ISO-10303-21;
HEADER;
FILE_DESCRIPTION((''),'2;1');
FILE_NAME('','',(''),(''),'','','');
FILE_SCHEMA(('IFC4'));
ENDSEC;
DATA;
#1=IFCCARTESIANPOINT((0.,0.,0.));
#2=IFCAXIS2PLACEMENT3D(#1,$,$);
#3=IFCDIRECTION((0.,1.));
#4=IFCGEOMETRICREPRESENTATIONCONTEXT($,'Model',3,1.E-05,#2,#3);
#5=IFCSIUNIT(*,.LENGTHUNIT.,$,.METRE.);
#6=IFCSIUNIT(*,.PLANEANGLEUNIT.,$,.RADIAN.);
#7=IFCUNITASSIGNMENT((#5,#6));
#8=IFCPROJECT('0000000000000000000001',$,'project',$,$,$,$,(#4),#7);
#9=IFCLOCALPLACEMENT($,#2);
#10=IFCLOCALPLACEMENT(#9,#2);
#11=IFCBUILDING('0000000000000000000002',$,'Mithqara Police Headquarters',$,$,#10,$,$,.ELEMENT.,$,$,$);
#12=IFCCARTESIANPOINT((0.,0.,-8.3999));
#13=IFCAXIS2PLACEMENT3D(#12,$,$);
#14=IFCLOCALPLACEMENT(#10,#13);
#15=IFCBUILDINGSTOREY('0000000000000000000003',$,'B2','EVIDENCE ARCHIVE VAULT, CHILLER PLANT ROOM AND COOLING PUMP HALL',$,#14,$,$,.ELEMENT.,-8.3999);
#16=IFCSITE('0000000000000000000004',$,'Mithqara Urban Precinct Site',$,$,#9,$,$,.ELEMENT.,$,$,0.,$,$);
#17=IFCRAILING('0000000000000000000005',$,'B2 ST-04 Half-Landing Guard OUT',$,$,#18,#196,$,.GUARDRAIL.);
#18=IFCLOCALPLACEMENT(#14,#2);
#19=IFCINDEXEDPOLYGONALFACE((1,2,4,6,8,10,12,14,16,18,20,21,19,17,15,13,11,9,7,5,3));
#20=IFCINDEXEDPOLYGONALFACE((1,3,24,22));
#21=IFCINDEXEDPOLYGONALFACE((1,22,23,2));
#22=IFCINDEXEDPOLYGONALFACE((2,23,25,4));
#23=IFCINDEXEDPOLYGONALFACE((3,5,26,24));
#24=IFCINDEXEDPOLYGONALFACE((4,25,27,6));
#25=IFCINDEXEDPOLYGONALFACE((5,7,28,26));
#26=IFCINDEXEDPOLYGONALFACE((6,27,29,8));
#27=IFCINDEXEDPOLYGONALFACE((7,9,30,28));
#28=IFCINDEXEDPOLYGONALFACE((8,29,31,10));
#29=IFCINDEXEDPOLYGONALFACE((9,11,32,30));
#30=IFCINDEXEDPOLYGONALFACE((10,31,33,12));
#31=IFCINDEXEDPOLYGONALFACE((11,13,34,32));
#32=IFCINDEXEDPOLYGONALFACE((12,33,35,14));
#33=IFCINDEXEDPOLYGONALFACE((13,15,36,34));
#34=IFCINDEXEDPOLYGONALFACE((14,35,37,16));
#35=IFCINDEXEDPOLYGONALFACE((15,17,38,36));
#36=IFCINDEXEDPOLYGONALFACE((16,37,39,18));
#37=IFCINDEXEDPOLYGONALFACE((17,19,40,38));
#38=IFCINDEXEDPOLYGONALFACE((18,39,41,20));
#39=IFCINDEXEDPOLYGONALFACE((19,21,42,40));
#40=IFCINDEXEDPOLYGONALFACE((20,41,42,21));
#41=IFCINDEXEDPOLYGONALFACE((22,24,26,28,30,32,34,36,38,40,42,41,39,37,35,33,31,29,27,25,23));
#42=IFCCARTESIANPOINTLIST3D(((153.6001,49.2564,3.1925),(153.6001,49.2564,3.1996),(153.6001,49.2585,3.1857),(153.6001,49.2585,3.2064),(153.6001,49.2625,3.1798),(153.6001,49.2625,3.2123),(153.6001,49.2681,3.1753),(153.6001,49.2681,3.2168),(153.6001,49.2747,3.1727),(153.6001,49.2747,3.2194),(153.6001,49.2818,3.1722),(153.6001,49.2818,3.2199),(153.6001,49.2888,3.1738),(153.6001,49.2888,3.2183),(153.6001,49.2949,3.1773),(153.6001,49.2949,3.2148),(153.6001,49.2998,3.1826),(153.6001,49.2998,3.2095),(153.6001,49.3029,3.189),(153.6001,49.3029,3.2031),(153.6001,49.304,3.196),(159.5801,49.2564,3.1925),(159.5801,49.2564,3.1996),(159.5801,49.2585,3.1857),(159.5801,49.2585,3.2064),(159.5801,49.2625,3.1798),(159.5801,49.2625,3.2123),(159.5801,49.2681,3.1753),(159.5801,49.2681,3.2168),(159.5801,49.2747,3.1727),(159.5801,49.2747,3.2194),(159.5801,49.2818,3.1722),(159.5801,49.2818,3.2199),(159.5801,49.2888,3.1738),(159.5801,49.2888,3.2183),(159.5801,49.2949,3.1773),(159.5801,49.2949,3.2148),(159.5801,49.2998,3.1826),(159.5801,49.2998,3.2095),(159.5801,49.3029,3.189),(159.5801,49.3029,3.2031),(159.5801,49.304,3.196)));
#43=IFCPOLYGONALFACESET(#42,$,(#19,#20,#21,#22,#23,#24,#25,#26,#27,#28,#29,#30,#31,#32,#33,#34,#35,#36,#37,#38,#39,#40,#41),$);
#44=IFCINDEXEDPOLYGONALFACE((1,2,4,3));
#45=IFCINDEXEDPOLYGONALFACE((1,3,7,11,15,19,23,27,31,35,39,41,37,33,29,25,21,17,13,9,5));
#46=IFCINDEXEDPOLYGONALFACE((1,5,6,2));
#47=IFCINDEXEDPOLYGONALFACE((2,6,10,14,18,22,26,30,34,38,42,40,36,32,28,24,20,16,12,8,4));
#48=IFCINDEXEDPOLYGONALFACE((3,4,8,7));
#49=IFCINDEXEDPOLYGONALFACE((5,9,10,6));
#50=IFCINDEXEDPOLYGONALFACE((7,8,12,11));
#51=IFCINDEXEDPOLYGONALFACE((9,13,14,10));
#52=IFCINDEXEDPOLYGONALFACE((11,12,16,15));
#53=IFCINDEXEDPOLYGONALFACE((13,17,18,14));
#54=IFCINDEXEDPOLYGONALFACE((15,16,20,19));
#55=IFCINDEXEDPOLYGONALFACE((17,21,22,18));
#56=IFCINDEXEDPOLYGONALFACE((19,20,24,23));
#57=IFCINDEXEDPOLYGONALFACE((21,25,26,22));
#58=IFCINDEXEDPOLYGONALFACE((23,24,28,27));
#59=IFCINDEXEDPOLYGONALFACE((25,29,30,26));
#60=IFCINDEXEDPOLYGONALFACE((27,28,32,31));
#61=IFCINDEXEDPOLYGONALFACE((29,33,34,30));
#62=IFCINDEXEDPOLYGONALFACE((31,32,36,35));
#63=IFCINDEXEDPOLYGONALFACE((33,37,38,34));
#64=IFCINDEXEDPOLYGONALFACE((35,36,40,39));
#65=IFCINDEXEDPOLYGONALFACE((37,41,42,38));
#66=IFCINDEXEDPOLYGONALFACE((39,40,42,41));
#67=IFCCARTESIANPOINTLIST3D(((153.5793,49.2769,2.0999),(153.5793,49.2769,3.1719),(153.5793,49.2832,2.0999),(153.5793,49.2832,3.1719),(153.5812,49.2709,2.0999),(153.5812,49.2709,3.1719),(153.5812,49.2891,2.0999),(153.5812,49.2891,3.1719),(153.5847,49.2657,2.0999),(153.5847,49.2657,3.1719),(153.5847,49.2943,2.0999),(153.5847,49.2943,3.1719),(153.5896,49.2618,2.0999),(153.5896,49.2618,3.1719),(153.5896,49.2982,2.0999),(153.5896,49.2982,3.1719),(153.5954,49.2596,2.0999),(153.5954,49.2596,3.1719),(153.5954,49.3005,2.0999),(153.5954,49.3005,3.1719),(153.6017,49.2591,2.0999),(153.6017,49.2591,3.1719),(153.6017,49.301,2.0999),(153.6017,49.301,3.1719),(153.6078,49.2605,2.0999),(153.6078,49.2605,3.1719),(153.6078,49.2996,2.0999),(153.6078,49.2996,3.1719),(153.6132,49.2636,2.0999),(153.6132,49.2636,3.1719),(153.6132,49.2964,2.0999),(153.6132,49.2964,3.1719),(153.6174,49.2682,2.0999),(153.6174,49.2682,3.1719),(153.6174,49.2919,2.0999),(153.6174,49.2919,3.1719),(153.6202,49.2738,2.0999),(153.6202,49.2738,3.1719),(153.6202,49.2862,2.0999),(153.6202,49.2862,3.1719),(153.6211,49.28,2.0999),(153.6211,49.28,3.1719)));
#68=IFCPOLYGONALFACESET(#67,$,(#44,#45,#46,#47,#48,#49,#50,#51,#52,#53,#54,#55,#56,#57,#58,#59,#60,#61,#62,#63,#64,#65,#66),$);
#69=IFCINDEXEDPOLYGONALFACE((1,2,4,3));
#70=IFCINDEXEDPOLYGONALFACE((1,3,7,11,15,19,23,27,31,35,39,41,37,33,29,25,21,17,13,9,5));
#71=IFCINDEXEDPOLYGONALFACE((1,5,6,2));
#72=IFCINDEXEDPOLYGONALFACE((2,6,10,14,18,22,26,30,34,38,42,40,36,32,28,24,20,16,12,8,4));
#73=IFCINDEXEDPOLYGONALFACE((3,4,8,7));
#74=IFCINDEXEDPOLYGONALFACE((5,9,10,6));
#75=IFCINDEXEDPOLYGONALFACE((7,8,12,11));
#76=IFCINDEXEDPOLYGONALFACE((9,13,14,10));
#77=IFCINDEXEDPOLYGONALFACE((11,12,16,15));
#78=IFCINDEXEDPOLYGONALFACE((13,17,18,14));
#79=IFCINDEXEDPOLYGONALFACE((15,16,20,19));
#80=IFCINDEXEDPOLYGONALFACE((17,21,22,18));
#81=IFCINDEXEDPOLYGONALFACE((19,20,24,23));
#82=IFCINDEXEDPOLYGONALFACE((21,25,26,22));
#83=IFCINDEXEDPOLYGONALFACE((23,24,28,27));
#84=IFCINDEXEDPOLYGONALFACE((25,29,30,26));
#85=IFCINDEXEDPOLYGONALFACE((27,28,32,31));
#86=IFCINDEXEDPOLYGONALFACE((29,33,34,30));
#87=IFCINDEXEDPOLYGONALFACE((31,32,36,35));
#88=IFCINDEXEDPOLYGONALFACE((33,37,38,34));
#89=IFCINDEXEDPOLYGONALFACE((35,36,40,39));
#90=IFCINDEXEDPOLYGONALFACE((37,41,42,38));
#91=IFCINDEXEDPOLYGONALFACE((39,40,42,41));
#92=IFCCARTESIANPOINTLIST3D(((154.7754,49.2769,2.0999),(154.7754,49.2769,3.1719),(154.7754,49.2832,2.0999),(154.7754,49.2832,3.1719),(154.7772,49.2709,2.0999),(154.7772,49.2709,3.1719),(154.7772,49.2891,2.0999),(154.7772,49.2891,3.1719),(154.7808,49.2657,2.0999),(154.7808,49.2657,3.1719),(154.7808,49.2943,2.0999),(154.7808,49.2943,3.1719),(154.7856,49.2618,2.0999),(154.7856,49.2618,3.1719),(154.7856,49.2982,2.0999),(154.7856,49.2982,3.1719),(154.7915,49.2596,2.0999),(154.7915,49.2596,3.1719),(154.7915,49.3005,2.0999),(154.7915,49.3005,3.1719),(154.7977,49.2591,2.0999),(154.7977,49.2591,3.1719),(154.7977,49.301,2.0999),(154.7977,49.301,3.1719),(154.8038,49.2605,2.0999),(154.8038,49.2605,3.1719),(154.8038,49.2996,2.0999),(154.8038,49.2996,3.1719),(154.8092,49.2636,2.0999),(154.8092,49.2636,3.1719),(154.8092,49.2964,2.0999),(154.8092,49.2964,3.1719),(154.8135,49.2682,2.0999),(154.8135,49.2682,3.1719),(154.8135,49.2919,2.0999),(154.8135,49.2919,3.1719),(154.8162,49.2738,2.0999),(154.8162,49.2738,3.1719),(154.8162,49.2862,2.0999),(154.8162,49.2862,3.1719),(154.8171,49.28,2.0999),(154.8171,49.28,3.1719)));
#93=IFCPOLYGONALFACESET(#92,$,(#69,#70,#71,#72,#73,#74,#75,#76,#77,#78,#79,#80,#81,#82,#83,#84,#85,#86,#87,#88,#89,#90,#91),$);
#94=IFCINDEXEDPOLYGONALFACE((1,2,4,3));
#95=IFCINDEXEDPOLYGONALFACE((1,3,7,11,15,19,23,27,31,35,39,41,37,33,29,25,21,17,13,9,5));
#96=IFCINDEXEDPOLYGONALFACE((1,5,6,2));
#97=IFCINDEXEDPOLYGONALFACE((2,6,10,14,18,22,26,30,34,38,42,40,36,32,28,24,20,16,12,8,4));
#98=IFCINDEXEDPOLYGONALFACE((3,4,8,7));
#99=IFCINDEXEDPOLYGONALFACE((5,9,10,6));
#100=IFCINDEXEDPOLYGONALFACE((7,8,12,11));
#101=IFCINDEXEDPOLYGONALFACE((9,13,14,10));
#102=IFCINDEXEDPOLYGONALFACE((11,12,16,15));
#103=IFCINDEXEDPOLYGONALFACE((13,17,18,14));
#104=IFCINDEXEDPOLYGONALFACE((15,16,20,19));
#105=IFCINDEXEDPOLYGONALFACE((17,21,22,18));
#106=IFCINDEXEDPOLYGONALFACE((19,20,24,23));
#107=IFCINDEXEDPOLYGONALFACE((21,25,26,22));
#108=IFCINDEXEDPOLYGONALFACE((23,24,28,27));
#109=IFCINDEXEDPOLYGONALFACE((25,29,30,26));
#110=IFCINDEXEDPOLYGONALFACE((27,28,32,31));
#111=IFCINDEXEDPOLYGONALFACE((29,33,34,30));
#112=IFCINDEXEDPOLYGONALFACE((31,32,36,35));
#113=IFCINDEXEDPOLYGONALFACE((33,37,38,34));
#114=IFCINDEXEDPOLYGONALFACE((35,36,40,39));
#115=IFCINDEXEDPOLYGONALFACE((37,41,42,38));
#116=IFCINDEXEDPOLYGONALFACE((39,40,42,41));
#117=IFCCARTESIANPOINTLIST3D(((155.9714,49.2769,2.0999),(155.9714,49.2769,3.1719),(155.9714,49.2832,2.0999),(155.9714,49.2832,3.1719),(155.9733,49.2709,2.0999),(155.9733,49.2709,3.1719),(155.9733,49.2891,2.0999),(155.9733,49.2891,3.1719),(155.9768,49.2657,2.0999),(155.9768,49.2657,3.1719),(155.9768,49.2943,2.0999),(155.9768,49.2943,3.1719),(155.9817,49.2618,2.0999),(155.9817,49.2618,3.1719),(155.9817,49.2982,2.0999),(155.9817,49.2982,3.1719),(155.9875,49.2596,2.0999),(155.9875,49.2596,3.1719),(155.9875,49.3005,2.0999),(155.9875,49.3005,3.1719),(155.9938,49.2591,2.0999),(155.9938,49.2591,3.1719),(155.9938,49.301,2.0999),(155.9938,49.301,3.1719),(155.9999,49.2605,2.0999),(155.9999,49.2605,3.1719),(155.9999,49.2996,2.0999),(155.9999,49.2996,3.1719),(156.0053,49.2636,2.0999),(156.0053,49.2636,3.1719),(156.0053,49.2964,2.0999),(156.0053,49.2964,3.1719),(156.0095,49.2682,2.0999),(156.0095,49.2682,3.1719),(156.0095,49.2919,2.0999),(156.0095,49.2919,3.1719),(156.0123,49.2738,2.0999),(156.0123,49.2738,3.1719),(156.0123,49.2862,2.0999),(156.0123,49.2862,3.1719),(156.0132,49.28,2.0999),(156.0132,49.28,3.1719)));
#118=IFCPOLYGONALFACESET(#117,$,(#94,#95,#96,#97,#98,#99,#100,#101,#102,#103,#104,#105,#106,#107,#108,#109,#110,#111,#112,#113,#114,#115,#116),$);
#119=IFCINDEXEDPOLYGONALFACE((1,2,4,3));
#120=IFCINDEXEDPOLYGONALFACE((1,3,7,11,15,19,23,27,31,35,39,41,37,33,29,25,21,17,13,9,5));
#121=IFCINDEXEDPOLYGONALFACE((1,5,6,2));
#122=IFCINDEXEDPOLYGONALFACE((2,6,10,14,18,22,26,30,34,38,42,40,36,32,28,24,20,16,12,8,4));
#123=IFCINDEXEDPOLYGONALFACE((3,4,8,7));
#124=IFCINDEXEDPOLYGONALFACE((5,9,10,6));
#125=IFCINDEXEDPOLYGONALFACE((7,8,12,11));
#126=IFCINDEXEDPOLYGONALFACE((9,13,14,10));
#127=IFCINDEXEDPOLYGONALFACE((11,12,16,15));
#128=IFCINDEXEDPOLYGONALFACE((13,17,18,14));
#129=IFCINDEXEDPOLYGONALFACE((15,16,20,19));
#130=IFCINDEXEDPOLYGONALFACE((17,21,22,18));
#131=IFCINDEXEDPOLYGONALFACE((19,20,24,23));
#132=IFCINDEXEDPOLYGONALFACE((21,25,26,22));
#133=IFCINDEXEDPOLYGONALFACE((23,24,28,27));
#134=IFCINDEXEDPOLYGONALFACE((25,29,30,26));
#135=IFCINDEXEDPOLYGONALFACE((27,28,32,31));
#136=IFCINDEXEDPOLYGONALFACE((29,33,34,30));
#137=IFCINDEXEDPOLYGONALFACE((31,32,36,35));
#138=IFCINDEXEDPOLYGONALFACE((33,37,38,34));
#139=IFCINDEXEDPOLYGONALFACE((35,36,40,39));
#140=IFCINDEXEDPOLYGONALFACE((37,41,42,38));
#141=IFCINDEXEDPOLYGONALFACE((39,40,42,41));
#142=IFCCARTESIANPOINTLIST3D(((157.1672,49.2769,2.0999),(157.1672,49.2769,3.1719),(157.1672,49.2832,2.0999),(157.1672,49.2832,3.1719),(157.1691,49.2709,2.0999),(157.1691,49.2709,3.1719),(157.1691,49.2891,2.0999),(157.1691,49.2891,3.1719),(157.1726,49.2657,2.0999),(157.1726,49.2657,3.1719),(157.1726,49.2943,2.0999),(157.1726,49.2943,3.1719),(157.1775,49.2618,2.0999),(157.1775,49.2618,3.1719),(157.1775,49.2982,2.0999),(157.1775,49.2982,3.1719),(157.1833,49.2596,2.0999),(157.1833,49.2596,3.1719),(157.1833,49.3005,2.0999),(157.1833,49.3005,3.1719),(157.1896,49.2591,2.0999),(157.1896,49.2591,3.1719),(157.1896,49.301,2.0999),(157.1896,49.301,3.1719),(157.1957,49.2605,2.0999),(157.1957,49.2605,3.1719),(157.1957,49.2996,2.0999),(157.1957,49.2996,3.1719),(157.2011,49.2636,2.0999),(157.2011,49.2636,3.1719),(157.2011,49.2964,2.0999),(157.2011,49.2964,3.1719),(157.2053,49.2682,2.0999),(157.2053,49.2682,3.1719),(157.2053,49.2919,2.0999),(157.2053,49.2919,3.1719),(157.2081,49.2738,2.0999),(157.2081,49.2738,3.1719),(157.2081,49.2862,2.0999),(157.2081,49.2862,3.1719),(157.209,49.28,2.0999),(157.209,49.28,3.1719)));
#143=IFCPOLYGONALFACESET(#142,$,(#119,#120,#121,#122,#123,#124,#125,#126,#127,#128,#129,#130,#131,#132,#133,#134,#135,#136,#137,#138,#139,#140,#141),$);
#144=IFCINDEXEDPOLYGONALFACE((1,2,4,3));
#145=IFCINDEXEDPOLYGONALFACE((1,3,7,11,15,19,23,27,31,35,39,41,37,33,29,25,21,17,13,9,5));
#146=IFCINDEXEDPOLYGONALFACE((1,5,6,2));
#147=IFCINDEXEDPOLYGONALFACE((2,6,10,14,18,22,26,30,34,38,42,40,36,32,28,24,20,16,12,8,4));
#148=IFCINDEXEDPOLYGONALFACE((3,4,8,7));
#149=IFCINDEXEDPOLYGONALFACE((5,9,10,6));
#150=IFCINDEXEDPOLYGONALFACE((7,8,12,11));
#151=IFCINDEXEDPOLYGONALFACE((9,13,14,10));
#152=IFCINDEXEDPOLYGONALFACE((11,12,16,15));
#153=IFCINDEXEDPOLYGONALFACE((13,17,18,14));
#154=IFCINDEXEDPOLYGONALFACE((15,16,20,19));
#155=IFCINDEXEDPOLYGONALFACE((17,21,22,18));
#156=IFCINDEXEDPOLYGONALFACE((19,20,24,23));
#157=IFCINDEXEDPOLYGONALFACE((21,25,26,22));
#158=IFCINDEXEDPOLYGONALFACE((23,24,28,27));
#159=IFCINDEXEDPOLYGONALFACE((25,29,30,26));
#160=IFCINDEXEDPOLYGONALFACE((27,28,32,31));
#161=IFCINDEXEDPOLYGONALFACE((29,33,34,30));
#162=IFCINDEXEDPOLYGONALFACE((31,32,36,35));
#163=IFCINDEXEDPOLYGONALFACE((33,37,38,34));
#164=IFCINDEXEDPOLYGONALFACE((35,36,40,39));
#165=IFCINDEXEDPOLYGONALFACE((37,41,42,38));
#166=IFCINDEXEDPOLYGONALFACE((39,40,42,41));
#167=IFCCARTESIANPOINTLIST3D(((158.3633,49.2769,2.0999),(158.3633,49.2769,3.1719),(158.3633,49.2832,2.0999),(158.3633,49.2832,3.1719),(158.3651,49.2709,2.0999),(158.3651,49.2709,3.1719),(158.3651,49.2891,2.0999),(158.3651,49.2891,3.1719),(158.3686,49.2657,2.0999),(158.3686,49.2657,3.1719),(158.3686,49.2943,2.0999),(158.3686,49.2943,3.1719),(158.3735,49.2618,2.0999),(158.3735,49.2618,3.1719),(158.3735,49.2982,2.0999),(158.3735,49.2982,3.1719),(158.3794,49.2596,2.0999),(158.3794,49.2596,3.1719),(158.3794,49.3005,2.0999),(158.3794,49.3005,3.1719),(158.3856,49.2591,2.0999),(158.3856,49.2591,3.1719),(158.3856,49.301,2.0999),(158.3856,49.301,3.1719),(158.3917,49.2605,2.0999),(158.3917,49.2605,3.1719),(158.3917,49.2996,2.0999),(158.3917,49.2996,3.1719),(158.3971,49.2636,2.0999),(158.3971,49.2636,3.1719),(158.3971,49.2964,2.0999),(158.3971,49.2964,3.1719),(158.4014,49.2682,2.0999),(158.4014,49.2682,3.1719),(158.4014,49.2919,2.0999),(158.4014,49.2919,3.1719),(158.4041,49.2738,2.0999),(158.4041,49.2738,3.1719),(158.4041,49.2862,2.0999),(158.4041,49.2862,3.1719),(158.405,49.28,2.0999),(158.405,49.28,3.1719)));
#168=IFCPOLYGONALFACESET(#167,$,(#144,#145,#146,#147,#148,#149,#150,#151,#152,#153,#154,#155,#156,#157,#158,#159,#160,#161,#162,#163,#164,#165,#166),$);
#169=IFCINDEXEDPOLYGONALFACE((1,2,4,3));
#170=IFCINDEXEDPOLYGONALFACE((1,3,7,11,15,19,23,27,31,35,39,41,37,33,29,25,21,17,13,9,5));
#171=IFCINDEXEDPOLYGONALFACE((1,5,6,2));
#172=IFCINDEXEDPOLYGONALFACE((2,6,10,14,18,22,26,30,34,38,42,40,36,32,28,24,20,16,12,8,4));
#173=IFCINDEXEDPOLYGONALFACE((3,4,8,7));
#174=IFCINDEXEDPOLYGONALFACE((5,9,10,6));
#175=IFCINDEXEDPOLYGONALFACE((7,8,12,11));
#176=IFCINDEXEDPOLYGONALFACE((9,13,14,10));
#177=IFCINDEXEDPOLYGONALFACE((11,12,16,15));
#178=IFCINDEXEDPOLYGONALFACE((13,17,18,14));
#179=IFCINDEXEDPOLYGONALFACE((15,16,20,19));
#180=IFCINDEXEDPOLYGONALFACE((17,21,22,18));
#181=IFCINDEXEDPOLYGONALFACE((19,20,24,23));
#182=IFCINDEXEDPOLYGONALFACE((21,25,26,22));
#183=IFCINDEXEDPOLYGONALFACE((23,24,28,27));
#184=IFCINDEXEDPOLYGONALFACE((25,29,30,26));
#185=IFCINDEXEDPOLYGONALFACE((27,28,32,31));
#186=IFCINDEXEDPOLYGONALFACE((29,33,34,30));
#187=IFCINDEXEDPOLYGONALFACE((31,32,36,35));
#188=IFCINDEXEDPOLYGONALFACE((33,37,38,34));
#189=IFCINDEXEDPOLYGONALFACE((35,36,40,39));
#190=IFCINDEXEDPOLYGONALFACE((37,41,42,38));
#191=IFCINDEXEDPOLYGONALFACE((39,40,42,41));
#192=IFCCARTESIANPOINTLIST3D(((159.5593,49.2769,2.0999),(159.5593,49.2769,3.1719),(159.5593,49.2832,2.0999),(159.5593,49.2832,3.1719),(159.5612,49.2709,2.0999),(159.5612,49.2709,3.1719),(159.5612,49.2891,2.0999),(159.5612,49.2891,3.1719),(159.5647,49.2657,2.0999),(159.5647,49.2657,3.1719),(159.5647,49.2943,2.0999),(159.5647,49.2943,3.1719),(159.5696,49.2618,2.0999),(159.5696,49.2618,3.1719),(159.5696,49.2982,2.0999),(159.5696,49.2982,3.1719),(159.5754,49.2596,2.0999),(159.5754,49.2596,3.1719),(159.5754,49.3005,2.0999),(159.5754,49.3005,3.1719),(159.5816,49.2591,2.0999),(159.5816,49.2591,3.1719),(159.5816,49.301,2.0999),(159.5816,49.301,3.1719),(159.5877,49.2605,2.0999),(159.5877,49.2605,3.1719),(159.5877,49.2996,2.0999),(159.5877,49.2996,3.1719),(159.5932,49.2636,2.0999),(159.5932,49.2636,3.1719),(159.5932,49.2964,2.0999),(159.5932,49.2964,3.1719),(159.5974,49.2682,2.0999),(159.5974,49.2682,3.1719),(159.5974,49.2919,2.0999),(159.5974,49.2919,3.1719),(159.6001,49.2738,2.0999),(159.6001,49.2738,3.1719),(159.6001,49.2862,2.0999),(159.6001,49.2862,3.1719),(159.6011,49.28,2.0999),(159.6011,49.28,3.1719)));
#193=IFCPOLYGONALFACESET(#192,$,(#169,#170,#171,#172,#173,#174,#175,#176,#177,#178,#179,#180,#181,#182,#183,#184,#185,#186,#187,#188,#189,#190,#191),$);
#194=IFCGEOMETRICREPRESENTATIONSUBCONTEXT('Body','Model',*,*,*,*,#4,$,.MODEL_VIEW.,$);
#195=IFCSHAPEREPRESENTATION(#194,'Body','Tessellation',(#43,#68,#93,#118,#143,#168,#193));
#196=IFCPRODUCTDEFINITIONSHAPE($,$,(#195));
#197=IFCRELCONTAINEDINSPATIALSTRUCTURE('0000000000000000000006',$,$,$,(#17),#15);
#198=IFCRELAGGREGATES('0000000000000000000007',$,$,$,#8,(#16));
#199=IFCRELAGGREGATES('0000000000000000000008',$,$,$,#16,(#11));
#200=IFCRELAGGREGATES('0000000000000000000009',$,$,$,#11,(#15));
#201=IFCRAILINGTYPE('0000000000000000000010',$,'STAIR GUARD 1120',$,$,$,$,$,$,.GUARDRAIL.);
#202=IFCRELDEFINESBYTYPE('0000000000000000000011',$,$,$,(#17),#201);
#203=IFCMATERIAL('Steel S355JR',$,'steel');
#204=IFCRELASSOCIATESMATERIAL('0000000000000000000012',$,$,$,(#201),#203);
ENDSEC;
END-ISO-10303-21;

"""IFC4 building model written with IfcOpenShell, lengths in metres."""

from ifc_helpers import new_model, si_unit, direction, frame, origin, origin_2d, place, context, subcontext, project, spatial, circle, extrude, material, type_object, element, save


model = new_model("IFC4")

# Units and contexts
model_context = context("Model", 3, precision=1e-05, world=origin(), true_north=direction((0.0, 1.0)))
body_context = subcontext(model_context, "Body", "Model", "MODEL_VIEW")
ifc_project = project(units=[si_unit("LENGTHUNIT", "METRE"), si_unit("PLANEANGLEUNIT", "RADIAN")], contexts=[model_context])

# Site, building, storey
site_placement = place(None, origin())
site = spatial("IfcSite", under=ifc_project, at=site_placement, Name="Mithqara Urban Precinct Site", CompositionType="ELEMENT", RefElevation=0.0)
building_placement = place(site_placement, origin())
building = spatial("IfcBuilding", under=site, at=building_placement, Name="Mithqara Police Headquarters", CompositionType="ELEMENT")
storey_placement = place(building_placement, frame((0.0, 0.0, -8.3999)))
storey = spatial("IfcBuildingStorey", under=building, at=storey_placement, Name="B2", Description="EVIDENCE ARCHIVE VAULT, CHILLER PLANT ROOM AND COOLING PUMP HALL", CompositionType="ELEMENT", Elevation=-8.3999)

# Railing
ifc_material_1 = material(Name="Steel S355JR", Category="steel")
railing_type_1 = type_object("IfcRailingType", Name="STAIR GUARD 1120", PredefinedType="GUARDRAIL", material=ifc_material_1)
for number, where, name in (
    (1, (153.6001, 49.28, 2.0999), "B2 ST-04 Half-Landing Guard OUT"),
):
    element("IfcRailing", number, at=place(storey_placement, frame(where)), inside=storey, type_object=railing_type_1, Name=name, PredefinedType="GUARDRAIL", context=body_context, shape_type="SweptSolid", body=[
        extrude(circle(Radius=0.0239, at=origin_2d()), frame((0.0, 0.0, 1.0962), z_axis=(1.0, 0.0, 0.0), x_axis=(0.0, 1.0, 0.0)), (0.0, 0.0, 1.0), 5.98),
        extrude(circle(Radius=0.021, at=origin_2d()), origin(), (0.0, 0.0, 1.0), 1.072),
        extrude(circle(Radius=0.021, at=origin_2d()), frame((1.196, 0.0, 0.0)), (0.0, 0.0, 1.0), 1.072),
        extrude(circle(Radius=0.021, at=origin_2d()), frame((2.3921, 0.0, 0.0)), (0.0, 0.0, 1.0), 1.072),
        extrude(circle(Radius=0.021, at=origin_2d()), frame((3.5879, 0.0, 0.0)), (0.0, 0.0, 1.0), 1.072),
        extrude(circle(Radius=0.021, at=origin_2d()), frame((4.7839, 0.0, 0.0)), (0.0, 0.0, 1.0), 1.072),
        extrude(circle(Radius=0.021, at=origin_2d()), frame((5.98, 0.0, 0.0)), (0.0, 0.0, 1.0), 1.072),
    ])

save(model, "model.ifc")
